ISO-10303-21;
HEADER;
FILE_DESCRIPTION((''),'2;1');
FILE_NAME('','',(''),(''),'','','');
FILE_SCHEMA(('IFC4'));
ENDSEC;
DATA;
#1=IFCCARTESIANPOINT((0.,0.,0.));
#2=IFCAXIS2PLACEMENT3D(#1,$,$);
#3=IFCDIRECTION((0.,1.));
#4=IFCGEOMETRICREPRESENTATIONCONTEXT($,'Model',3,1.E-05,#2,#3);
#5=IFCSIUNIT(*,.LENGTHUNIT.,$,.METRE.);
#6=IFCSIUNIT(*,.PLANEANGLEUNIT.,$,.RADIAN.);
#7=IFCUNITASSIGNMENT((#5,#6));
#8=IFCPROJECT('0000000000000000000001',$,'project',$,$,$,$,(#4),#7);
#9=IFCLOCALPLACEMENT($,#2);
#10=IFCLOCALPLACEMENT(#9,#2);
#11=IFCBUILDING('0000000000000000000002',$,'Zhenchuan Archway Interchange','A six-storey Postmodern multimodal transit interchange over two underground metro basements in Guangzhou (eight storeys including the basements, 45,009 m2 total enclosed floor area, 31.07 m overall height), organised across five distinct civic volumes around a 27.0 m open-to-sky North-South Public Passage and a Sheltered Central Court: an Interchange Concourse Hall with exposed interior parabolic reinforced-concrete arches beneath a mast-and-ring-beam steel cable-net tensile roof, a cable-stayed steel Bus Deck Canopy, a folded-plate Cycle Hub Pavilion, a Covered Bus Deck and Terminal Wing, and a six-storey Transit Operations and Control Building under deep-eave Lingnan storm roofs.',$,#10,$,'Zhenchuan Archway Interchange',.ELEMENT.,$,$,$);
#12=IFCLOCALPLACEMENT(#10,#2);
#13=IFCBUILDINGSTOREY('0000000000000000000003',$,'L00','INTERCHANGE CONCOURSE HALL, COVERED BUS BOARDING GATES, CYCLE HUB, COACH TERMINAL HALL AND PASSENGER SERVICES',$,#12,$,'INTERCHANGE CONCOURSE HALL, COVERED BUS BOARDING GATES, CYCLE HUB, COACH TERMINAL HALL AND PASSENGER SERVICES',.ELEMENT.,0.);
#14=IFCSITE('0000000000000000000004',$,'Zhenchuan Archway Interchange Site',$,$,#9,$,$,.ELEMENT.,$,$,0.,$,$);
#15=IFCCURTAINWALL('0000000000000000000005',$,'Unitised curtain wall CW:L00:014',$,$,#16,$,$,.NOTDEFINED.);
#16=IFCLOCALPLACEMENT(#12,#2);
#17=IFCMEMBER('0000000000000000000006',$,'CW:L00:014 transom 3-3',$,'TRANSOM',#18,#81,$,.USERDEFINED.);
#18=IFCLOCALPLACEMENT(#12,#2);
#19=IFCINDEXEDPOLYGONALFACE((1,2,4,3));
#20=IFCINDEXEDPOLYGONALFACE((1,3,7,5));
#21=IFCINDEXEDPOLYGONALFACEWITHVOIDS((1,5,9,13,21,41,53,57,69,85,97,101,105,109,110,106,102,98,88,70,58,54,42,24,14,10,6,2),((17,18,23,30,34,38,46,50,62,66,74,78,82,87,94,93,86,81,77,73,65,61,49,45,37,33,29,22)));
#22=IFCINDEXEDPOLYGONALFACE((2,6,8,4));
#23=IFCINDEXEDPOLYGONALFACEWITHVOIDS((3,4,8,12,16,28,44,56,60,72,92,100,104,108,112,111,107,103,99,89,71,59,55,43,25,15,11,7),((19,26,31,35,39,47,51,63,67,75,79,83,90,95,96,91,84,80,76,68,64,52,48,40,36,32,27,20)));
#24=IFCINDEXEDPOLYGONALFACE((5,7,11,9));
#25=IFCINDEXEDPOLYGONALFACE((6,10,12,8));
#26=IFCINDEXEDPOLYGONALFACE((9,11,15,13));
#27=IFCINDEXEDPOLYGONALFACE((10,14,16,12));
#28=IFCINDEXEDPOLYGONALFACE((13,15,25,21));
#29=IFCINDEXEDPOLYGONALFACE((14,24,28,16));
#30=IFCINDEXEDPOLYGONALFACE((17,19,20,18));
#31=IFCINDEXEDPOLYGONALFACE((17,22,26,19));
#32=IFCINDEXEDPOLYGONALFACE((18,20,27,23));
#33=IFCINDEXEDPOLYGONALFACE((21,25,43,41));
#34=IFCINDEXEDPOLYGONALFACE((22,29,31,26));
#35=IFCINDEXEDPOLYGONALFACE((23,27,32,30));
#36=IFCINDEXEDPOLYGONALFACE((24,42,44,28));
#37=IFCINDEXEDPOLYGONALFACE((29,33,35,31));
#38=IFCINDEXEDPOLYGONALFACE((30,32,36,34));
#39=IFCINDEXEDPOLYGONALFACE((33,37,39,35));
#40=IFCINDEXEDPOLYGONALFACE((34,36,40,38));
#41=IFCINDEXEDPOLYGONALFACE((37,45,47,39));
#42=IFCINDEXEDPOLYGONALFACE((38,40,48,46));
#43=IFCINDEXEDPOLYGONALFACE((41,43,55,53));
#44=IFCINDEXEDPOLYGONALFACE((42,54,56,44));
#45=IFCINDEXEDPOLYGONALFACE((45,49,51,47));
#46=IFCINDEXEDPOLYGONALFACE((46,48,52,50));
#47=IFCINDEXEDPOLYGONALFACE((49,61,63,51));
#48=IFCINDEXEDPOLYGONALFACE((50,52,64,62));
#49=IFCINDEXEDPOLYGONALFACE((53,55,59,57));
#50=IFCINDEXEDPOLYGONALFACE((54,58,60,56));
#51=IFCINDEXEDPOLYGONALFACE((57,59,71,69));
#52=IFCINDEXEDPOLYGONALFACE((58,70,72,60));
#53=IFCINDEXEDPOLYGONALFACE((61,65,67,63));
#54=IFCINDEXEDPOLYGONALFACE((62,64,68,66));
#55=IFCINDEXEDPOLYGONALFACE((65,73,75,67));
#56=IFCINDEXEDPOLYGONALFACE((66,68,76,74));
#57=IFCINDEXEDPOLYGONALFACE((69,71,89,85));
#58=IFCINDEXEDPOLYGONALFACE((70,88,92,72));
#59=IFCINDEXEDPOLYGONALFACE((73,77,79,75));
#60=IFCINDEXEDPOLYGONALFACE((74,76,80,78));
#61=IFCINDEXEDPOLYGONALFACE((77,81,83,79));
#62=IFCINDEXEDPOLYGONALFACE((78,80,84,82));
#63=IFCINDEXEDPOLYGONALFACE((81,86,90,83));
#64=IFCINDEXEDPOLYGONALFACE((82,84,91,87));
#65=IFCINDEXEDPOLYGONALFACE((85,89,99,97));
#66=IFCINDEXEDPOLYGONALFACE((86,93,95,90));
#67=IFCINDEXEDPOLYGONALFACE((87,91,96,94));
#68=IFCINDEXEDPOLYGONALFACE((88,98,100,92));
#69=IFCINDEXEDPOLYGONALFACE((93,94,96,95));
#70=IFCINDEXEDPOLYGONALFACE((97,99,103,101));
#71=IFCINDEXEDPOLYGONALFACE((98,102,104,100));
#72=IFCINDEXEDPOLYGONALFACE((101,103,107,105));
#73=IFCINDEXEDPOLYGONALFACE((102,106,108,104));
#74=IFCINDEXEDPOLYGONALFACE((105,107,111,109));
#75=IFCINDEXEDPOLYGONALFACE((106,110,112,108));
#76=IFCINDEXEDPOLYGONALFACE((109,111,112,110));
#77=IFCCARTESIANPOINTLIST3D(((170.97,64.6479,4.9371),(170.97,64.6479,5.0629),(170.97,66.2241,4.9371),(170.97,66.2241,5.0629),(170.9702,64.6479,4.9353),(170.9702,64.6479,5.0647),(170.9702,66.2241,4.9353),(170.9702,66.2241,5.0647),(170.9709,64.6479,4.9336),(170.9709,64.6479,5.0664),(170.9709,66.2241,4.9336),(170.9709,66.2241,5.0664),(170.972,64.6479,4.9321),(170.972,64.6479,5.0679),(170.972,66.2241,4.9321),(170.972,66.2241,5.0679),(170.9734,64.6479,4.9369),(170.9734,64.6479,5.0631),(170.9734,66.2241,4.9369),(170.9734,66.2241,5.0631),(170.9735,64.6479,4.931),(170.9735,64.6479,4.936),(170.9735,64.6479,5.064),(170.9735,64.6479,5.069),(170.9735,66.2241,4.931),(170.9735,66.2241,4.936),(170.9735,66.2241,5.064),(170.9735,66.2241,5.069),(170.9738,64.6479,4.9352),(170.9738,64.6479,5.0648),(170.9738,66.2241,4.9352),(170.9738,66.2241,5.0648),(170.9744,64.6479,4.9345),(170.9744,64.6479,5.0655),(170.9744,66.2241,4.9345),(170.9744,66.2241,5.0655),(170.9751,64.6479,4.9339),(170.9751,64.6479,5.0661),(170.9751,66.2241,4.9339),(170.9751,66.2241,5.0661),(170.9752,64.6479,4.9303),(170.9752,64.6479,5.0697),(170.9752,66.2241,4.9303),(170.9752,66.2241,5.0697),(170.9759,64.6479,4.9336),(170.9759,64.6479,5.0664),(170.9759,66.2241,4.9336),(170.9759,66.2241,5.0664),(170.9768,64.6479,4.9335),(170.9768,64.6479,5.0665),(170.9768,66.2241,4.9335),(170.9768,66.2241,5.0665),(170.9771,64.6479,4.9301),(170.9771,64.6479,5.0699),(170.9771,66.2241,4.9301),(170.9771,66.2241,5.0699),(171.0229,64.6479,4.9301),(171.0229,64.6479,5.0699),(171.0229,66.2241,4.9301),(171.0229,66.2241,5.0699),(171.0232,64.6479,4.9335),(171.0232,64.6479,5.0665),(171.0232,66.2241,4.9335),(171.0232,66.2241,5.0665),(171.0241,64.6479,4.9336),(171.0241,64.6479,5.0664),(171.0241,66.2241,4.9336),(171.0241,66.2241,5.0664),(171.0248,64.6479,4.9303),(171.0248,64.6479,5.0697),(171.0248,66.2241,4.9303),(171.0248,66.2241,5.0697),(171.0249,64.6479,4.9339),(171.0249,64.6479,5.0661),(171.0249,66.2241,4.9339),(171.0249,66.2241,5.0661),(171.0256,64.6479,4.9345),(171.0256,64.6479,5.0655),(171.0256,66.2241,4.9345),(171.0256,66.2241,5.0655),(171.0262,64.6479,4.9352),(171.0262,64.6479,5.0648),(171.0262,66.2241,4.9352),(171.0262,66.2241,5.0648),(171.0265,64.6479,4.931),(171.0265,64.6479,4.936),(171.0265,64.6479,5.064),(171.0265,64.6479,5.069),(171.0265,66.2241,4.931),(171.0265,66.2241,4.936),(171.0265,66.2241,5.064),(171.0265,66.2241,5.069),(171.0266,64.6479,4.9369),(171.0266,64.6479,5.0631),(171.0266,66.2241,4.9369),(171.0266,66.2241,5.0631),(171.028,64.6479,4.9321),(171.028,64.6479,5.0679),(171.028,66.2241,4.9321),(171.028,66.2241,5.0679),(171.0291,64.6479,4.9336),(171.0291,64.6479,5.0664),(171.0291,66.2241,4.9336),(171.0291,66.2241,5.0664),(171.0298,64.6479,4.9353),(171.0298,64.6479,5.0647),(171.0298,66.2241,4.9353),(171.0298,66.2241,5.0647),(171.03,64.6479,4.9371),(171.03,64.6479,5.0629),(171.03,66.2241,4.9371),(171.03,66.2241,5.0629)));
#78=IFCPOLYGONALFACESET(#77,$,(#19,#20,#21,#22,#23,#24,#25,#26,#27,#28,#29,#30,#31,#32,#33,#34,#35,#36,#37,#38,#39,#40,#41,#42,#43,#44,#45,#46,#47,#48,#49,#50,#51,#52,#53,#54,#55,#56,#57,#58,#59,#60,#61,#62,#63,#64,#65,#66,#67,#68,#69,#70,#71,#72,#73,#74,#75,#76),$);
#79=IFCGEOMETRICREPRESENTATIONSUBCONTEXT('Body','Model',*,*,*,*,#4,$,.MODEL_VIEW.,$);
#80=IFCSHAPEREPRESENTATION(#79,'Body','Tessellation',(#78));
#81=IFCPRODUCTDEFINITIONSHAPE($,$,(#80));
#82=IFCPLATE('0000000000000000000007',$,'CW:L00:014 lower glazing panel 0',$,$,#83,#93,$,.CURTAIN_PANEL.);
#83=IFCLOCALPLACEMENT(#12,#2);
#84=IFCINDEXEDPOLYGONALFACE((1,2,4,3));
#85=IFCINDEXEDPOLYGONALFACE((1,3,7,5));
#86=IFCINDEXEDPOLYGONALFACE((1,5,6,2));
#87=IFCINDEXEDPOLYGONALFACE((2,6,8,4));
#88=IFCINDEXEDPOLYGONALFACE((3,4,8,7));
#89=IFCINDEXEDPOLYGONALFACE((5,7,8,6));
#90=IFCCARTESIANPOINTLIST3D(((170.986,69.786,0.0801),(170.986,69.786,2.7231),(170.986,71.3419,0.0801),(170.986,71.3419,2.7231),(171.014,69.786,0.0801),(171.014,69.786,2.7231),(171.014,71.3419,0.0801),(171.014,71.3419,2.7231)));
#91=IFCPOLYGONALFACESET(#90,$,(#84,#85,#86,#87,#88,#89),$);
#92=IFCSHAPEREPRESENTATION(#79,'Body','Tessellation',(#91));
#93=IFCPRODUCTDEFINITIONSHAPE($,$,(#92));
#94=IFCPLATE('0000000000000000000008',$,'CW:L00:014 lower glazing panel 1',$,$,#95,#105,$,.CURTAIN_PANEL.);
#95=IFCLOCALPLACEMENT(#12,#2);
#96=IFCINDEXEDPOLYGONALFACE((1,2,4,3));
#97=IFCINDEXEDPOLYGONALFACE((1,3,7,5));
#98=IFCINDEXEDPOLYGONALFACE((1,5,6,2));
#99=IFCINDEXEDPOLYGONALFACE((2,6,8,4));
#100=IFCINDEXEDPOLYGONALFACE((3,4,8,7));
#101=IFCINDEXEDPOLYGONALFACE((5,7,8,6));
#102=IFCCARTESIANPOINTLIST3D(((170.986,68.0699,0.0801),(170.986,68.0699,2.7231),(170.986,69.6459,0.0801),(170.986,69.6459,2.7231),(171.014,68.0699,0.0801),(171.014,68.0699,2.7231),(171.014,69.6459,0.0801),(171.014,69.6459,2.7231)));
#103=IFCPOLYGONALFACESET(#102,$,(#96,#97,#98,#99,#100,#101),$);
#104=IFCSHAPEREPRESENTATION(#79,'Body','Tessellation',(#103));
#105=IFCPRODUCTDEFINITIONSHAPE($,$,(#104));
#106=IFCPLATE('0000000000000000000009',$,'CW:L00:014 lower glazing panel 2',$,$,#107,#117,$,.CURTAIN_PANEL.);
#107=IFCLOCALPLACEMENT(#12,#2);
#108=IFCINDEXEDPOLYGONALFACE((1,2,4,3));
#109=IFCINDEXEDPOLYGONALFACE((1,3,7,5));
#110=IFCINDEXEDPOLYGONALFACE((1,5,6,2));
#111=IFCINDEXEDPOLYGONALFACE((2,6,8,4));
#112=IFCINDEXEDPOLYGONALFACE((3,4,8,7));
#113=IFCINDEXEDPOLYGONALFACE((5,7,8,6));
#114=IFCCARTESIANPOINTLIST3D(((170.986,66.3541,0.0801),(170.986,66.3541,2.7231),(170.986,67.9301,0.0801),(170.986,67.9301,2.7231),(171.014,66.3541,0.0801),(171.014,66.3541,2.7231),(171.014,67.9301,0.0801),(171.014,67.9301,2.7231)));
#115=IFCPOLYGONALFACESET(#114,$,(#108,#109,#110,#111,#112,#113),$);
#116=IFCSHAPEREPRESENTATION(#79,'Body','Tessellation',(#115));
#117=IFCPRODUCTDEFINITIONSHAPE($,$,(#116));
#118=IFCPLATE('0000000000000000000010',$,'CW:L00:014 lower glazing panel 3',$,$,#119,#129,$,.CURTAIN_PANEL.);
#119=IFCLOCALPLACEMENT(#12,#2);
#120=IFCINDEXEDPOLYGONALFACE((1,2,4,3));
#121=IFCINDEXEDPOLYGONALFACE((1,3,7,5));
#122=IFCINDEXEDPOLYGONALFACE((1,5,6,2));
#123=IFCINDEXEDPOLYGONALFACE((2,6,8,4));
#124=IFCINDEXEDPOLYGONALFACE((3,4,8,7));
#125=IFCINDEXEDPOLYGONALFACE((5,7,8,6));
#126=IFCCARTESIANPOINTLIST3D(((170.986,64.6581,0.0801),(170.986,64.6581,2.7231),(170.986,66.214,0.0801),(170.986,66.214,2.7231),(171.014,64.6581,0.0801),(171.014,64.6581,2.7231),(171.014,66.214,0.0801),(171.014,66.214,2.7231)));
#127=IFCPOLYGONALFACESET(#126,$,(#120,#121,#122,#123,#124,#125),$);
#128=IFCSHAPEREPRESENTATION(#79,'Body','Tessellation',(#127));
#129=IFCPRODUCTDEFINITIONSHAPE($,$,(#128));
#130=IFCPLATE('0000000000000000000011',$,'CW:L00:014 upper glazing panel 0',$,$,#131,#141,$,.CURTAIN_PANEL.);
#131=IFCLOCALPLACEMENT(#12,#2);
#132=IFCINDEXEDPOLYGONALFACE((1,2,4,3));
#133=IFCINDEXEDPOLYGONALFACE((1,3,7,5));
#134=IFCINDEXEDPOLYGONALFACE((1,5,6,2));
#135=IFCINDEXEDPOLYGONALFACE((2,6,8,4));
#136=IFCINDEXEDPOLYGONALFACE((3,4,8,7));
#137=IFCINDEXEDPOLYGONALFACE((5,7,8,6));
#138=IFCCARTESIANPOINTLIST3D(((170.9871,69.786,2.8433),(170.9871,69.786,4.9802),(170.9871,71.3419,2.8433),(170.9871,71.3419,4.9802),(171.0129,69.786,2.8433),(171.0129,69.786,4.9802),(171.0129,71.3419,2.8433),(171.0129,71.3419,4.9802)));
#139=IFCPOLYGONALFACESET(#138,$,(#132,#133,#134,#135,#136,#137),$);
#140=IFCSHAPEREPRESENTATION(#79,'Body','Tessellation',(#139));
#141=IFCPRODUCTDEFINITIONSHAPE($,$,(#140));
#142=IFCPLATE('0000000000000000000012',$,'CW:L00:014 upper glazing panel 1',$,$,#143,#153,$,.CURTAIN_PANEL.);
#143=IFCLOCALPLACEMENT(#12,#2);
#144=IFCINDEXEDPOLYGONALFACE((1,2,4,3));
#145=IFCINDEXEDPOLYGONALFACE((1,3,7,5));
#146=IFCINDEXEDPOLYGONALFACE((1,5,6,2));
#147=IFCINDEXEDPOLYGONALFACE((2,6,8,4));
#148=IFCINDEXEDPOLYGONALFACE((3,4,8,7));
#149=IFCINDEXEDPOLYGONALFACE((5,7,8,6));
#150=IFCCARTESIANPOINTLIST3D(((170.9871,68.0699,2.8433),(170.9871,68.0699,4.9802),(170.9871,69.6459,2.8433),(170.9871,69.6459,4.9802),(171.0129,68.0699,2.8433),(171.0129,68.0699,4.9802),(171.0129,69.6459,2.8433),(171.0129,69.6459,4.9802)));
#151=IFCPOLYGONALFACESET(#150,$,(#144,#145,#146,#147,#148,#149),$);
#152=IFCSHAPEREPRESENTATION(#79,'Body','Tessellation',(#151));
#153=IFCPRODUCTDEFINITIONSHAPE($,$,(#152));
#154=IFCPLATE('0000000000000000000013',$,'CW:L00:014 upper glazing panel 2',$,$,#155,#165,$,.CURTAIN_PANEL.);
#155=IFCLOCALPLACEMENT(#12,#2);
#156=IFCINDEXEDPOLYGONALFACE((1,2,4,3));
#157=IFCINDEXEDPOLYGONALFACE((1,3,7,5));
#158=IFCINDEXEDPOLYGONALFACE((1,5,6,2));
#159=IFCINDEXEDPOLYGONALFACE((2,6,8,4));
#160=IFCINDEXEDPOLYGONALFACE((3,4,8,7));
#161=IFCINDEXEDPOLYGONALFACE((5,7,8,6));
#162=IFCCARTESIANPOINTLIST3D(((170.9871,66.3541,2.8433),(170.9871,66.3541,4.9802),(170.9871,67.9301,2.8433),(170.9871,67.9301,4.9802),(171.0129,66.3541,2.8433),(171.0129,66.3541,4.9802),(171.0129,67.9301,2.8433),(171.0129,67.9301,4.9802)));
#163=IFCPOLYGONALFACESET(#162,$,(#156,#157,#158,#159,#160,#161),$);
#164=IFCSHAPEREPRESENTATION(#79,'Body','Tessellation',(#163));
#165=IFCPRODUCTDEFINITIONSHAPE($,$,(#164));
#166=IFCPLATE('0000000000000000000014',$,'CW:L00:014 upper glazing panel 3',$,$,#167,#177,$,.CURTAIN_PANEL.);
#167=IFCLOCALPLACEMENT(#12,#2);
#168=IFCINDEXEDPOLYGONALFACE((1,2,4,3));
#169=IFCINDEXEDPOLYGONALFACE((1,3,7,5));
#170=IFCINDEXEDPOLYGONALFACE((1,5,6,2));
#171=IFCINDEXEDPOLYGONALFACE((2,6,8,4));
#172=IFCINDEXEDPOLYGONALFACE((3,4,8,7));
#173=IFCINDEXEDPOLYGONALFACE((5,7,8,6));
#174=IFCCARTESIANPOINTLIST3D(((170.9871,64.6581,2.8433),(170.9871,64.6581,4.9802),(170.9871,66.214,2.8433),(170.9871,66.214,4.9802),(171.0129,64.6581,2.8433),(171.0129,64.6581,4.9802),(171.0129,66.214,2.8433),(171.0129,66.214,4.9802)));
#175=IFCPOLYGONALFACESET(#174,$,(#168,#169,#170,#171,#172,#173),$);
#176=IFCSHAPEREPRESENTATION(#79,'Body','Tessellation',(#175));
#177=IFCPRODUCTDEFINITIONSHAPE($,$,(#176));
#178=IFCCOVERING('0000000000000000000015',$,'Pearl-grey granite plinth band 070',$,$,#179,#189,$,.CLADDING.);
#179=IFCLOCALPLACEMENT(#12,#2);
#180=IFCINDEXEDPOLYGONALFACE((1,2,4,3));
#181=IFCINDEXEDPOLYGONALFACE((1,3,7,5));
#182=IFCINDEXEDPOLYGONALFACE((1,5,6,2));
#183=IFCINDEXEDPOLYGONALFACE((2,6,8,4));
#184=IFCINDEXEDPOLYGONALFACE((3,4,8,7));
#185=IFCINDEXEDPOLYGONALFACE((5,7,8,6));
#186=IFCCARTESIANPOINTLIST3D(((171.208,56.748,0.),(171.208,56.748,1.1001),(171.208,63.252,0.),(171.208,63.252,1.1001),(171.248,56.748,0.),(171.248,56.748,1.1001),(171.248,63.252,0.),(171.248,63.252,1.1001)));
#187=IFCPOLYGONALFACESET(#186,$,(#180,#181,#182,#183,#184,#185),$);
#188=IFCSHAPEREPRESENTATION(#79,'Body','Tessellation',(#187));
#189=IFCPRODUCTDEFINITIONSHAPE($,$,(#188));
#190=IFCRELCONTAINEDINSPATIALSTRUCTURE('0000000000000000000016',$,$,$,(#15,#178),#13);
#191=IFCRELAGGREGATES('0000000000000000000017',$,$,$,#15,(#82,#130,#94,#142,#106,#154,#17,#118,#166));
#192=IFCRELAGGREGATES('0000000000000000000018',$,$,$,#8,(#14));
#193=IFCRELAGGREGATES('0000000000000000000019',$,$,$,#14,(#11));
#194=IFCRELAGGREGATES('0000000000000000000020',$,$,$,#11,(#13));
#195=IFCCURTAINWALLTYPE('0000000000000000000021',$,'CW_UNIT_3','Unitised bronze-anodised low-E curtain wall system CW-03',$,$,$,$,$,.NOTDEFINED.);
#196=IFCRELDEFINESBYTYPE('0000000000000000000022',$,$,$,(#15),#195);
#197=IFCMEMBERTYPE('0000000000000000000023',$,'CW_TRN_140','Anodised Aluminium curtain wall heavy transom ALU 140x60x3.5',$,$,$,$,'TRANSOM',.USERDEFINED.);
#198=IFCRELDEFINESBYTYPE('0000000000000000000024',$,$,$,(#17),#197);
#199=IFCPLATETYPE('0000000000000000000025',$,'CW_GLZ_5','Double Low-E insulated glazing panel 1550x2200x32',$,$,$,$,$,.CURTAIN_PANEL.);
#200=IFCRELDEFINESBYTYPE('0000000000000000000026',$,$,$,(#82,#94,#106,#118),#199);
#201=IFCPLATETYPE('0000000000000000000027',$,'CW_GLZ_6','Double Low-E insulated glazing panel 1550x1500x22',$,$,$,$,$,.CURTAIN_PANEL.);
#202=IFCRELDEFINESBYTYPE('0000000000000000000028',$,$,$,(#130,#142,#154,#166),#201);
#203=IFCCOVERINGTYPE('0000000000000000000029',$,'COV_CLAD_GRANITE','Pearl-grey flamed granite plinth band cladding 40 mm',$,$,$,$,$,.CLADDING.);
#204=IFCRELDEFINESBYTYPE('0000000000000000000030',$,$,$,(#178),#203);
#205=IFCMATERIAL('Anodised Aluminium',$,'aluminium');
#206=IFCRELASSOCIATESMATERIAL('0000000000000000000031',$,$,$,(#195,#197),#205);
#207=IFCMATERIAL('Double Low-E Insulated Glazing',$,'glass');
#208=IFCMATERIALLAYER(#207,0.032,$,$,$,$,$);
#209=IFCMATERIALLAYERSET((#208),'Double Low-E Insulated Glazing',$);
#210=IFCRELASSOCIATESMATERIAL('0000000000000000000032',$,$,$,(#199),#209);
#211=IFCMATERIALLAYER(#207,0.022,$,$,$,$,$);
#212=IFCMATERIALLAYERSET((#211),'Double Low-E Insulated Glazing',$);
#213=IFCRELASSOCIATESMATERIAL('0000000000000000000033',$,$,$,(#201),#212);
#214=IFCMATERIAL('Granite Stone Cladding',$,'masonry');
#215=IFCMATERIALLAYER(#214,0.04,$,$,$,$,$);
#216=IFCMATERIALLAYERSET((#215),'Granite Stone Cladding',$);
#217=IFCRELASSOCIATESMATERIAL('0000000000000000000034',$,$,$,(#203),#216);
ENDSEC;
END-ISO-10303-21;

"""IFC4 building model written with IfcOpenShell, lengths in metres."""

from ifc_helpers import new_model, si_unit, direction, frame, origin, origin_2d, place, context, subcontext, project, spatial, rectangle, hollow_rectangle, extrude, material, layer, layer_set, material_profile, profile_set, type_object, element, aggregate, save


model = new_model("IFC4")

# Units and contexts
model_context = context("Model", 3, precision=1e-05, world=origin(), true_north=direction((0.0, 1.0)))
body_context = subcontext(model_context, "Body", "Model", "MODEL_VIEW")
ifc_project = project(units=[si_unit("LENGTHUNIT", "METRE"), si_unit("PLANEANGLEUNIT", "RADIAN")], contexts=[model_context])

# Site, building, storey
site_placement = place(None, origin())
site = spatial("IfcSite", under=ifc_project, at=site_placement, Name="Zhenchuan Archway Interchange Site", CompositionType="ELEMENT", RefElevation=0.0)
building_placement = place(site_placement, origin())
building = spatial("IfcBuilding", under=site, at=building_placement, Name="Zhenchuan Archway Interchange", Description="A six-storey Postmodern multimodal transit interchange over two underground metro basements in Guangzhou (eight storeys including the basements, 45,009 m2 total enclosed floor area, 31.07 m overall height), organised across five distinct civic volumes around a 27.0 m open-to-sky North-South Public Passage and a Sheltered Central Court: an Interchange Concourse Hall with exposed interior parabolic reinforced-concrete arches beneath a mast-and-ring-beam steel cable-net tensile roof, a cable-stayed steel Bus Deck Canopy, a folded-plate Cycle Hub Pavilion, a Covered Bus Deck and Terminal Wing, and a six-storey Transit Operations and Control Building under deep-eave Lingnan storm roofs.", LongName="Zhenchuan Archway Interchange", CompositionType="ELEMENT")
storey_placement = place(building_placement, origin())
storey = spatial("IfcBuildingStorey", under=building, at=storey_placement, Name="L00", Description="INTERCHANGE CONCOURSE HALL, COVERED BUS BOARDING GATES, CYCLE HUB, COACH TERMINAL HALL AND PASSENGER SERVICES", LongName="INTERCHANGE CONCOURSE HALL, COVERED BUS BOARDING GATES, CYCLE HUB, COACH TERMINAL HALL AND PASSENGER SERVICES", CompositionType="ELEMENT", Elevation=0.0)

# Curtain wall, member, plates
ifc_material_1 = material(Name="Anodised Aluminium", Category="aluminium")
curtain_wall_type = type_object("IfcCurtainWallType", Name="CW_UNIT_3", Description="Unitised bronze-anodised low-E curtain wall system CW-03", PredefinedType="NOTDEFINED", material=ifc_material_1)
curtain_wall_placement = place(storey_placement, origin())
curtain_wall = element("IfcCurtainWall", 1, at=curtain_wall_placement, inside=storey, type_object=curtain_wall_type, Name="Unitised curtain wall CW:L00:014", PredefinedType="NOTDEFINED")
ifc_material_profile_1 = material_profile(ifc_material_1, hollow_rectangle(XDim=0.0601, YDim=0.1399, WallThickness=0.0034, InnerFilletRadius=0.0034, OuterFilletRadius=0.0071, at=origin_2d()), Name="ALU 140x60x3.5")
ifc_profile_set_1 = profile_set([ifc_material_profile_1], Name="Anodised Aluminium")
member_type_1 = type_object("IfcMemberType", Name="CW_TRN_140", Description="Anodised Aluminium curtain wall heavy transom ALU 140x60x3.5", ElementType="TRANSOM", PredefinedType="USERDEFINED", material=ifc_profile_set_1)
member_1_placement = place(storey_placement, frame((171.0, 66.2241, 5.0), z_axis=(0.0, -1.0, 0.0), x_axis=(1.0, 0.0, 0.0)))
member_1 = element("IfcMember", 2, at=member_1_placement, type_object=member_type_1, Name="CW:L00:014 transom 3-3", ObjectType="TRANSOM", PredefinedType="USERDEFINED", context=body_context, shape_type="SweptSolid", body=[
    extrude(hollow_rectangle(XDim=0.0601, YDim=0.1399, WallThickness=0.0034, InnerFilletRadius=0.0034, OuterFilletRadius=0.0071, at=origin_2d()), origin(), (0.0, 0.0, 1.0), 1.5762),
])
ifc_material_2 = material(Name="Double Low-E Insulated Glazing", Category="glass")
ifc_layer_1 = layer(ifc_material_2, 0.032)
ifc_layer_set_1 = layer_set([ifc_layer_1], Name="Double Low-E Insulated Glazing")
plate_type_1 = type_object("IfcPlateType", Name="CW_GLZ_5", Description="Double Low-E insulated glazing panel 1550x2200x32", PredefinedType="CURTAIN_PANEL", material=ifc_layer_set_1)
plate_1_placement = place(storey_placement, frame((171.0, 70.564, 0.0801), z_axis=(0.0, 0.0, 1.0), x_axis=(0.0, -1.0, 0.0)))
plate_1 = element("IfcPlate", 3, at=plate_1_placement, type_object=plate_type_1, Name="CW:L00:014 lower glazing panel 0", PredefinedType="CURTAIN_PANEL", context=body_context, shape_type="SweptSolid", body=[
    extrude(rectangle(XDim=1.5559, YDim=0.0281, at=origin_2d()), origin(), (0.0, 0.0, 1.0), 2.6431),
])
plate_2_placement = place(storey_placement, frame((171.0, 68.8579, 0.0801), z_axis=(0.0, 0.0, 1.0), x_axis=(0.0, -1.0, 0.0)))
plate_2 = element("IfcPlate", 4, at=plate_2_placement, type_object=plate_type_1, Name="CW:L00:014 lower glazing panel 1", PredefinedType="CURTAIN_PANEL", context=body_context, shape_type="SweptSolid", body=[
    extrude(rectangle(XDim=1.5759, YDim=0.0281, at=origin_2d()), origin(), (0.0, 0.0, 1.0), 2.6431),
])
plate_3_placement = place(storey_placement, frame((171.0, 67.1421, 0.0801), z_axis=(0.0, 0.0, 1.0), x_axis=(0.0, -1.0, 0.0)))
plate_3 = element("IfcPlate", 5, at=plate_3_placement, type_object=plate_type_1, Name="CW:L00:014 lower glazing panel 2", PredefinedType="CURTAIN_PANEL", context=body_context, shape_type="SweptSolid", body=[
    extrude(rectangle(XDim=1.5759, YDim=0.0281, at=origin_2d()), origin(), (0.0, 0.0, 1.0), 2.6431),
])
plate_4_placement = place(storey_placement, frame((171.0, 65.436, 0.0801), z_axis=(0.0, 0.0, 1.0), x_axis=(0.0, -1.0, 0.0)))
plate_4 = element("IfcPlate", 6, at=plate_4_placement, type_object=plate_type_1, Name="CW:L00:014 lower glazing panel 3", PredefinedType="CURTAIN_PANEL", context=body_context, shape_type="SweptSolid", body=[
    extrude(rectangle(XDim=1.5559, YDim=0.0281, at=origin_2d()), origin(), (0.0, 0.0, 1.0), 2.6431),
])
ifc_layer_2 = layer(ifc_material_2, 0.022)
ifc_layer_set_2 = layer_set([ifc_layer_2], Name="Double Low-E Insulated Glazing")
plate_type_2 = type_object("IfcPlateType", Name="CW_GLZ_6", Description="Double Low-E insulated glazing panel 1550x1500x22", PredefinedType="CURTAIN_PANEL", material=ifc_layer_set_2)
plate_5_placement = place(storey_placement, frame((171.0, 70.564, 2.8433), z_axis=(0.0, 0.0, 1.0), x_axis=(0.0, -1.0, 0.0)))
plate_5 = element("IfcPlate", 7, at=plate_5_placement, type_object=plate_type_2, Name="CW:L00:014 upper glazing panel 0", PredefinedType="CURTAIN_PANEL", context=body_context, shape_type="SweptSolid", body=[
    extrude(rectangle(XDim=1.5559, YDim=0.0259, at=origin_2d()), origin(), (0.0, 0.0, 1.0), 2.137),
])
plate_6_placement = place(storey_placement, frame((171.0, 68.8579, 2.8433), z_axis=(0.0, 0.0, 1.0), x_axis=(0.0, -1.0, 0.0)))
plate_6 = element("IfcPlate", 8, at=plate_6_placement, type_object=plate_type_2, Name="CW:L00:014 upper glazing panel 1", PredefinedType="CURTAIN_PANEL", context=body_context, shape_type="SweptSolid", body=[
    extrude(rectangle(XDim=1.5759, YDim=0.0259, at=origin_2d()), origin(), (0.0, 0.0, 1.0), 2.137),
])
plate_7_placement = place(storey_placement, frame((171.0, 67.1421, 2.8433), z_axis=(0.0, 0.0, 1.0), x_axis=(0.0, -1.0, 0.0)))
plate_7 = element("IfcPlate", 9, at=plate_7_placement, type_object=plate_type_2, Name="CW:L00:014 upper glazing panel 2", PredefinedType="CURTAIN_PANEL", context=body_context, shape_type="SweptSolid", body=[
    extrude(rectangle(XDim=1.5759, YDim=0.0259, at=origin_2d()), origin(), (0.0, 0.0, 1.0), 2.137),
])
plate_8_placement = place(storey_placement, frame((171.0, 65.436, 2.8433), z_axis=(0.0, 0.0, 1.0), x_axis=(0.0, -1.0, 0.0)))
plate_8 = element("IfcPlate", 10, at=plate_8_placement, type_object=plate_type_2, Name="CW:L00:014 upper glazing panel 3", PredefinedType="CURTAIN_PANEL", context=body_context, shape_type="SweptSolid", body=[
    extrude(rectangle(XDim=1.5559, YDim=0.0259, at=origin_2d()), origin(), (0.0, 0.0, 1.0), 2.137),
])
aggregate(curtain_wall, [plate_1, plate_5, plate_2, plate_6, plate_3, plate_7, member_1, plate_4, plate_8])

# Covering
ifc_material_3 = material(Name="Granite Stone Cladding", Category="masonry")
ifc_layer_3 = layer(ifc_material_3, 0.04)
ifc_layer_set_3 = layer_set([ifc_layer_3], Name="Granite Stone Cladding")
covering_type = type_object("IfcCoveringType", Name="COV_CLAD_GRANITE", Description="Pearl-grey flamed granite plinth band cladding 40 mm", PredefinedType="CLADDING", material=ifc_layer_set_3)
covering_placement = place(storey_placement, frame((171.228, 60.0, 0.0), z_axis=(0.0, 0.0, 1.0), x_axis=(0.0, -1.0, 0.0)))
element("IfcCovering", 11, at=covering_placement, inside=storey, type_object=covering_type, Name="Pearl-grey granite plinth band 070", PredefinedType="CLADDING", context=body_context, shape_type="SweptSolid", body=[
    extrude(rectangle(XDim=6.5039, YDim=0.04, at=origin_2d()), origin(), (0.0, 0.0, 1.0), 1.1001),
])

save(model, "model.ifc")
